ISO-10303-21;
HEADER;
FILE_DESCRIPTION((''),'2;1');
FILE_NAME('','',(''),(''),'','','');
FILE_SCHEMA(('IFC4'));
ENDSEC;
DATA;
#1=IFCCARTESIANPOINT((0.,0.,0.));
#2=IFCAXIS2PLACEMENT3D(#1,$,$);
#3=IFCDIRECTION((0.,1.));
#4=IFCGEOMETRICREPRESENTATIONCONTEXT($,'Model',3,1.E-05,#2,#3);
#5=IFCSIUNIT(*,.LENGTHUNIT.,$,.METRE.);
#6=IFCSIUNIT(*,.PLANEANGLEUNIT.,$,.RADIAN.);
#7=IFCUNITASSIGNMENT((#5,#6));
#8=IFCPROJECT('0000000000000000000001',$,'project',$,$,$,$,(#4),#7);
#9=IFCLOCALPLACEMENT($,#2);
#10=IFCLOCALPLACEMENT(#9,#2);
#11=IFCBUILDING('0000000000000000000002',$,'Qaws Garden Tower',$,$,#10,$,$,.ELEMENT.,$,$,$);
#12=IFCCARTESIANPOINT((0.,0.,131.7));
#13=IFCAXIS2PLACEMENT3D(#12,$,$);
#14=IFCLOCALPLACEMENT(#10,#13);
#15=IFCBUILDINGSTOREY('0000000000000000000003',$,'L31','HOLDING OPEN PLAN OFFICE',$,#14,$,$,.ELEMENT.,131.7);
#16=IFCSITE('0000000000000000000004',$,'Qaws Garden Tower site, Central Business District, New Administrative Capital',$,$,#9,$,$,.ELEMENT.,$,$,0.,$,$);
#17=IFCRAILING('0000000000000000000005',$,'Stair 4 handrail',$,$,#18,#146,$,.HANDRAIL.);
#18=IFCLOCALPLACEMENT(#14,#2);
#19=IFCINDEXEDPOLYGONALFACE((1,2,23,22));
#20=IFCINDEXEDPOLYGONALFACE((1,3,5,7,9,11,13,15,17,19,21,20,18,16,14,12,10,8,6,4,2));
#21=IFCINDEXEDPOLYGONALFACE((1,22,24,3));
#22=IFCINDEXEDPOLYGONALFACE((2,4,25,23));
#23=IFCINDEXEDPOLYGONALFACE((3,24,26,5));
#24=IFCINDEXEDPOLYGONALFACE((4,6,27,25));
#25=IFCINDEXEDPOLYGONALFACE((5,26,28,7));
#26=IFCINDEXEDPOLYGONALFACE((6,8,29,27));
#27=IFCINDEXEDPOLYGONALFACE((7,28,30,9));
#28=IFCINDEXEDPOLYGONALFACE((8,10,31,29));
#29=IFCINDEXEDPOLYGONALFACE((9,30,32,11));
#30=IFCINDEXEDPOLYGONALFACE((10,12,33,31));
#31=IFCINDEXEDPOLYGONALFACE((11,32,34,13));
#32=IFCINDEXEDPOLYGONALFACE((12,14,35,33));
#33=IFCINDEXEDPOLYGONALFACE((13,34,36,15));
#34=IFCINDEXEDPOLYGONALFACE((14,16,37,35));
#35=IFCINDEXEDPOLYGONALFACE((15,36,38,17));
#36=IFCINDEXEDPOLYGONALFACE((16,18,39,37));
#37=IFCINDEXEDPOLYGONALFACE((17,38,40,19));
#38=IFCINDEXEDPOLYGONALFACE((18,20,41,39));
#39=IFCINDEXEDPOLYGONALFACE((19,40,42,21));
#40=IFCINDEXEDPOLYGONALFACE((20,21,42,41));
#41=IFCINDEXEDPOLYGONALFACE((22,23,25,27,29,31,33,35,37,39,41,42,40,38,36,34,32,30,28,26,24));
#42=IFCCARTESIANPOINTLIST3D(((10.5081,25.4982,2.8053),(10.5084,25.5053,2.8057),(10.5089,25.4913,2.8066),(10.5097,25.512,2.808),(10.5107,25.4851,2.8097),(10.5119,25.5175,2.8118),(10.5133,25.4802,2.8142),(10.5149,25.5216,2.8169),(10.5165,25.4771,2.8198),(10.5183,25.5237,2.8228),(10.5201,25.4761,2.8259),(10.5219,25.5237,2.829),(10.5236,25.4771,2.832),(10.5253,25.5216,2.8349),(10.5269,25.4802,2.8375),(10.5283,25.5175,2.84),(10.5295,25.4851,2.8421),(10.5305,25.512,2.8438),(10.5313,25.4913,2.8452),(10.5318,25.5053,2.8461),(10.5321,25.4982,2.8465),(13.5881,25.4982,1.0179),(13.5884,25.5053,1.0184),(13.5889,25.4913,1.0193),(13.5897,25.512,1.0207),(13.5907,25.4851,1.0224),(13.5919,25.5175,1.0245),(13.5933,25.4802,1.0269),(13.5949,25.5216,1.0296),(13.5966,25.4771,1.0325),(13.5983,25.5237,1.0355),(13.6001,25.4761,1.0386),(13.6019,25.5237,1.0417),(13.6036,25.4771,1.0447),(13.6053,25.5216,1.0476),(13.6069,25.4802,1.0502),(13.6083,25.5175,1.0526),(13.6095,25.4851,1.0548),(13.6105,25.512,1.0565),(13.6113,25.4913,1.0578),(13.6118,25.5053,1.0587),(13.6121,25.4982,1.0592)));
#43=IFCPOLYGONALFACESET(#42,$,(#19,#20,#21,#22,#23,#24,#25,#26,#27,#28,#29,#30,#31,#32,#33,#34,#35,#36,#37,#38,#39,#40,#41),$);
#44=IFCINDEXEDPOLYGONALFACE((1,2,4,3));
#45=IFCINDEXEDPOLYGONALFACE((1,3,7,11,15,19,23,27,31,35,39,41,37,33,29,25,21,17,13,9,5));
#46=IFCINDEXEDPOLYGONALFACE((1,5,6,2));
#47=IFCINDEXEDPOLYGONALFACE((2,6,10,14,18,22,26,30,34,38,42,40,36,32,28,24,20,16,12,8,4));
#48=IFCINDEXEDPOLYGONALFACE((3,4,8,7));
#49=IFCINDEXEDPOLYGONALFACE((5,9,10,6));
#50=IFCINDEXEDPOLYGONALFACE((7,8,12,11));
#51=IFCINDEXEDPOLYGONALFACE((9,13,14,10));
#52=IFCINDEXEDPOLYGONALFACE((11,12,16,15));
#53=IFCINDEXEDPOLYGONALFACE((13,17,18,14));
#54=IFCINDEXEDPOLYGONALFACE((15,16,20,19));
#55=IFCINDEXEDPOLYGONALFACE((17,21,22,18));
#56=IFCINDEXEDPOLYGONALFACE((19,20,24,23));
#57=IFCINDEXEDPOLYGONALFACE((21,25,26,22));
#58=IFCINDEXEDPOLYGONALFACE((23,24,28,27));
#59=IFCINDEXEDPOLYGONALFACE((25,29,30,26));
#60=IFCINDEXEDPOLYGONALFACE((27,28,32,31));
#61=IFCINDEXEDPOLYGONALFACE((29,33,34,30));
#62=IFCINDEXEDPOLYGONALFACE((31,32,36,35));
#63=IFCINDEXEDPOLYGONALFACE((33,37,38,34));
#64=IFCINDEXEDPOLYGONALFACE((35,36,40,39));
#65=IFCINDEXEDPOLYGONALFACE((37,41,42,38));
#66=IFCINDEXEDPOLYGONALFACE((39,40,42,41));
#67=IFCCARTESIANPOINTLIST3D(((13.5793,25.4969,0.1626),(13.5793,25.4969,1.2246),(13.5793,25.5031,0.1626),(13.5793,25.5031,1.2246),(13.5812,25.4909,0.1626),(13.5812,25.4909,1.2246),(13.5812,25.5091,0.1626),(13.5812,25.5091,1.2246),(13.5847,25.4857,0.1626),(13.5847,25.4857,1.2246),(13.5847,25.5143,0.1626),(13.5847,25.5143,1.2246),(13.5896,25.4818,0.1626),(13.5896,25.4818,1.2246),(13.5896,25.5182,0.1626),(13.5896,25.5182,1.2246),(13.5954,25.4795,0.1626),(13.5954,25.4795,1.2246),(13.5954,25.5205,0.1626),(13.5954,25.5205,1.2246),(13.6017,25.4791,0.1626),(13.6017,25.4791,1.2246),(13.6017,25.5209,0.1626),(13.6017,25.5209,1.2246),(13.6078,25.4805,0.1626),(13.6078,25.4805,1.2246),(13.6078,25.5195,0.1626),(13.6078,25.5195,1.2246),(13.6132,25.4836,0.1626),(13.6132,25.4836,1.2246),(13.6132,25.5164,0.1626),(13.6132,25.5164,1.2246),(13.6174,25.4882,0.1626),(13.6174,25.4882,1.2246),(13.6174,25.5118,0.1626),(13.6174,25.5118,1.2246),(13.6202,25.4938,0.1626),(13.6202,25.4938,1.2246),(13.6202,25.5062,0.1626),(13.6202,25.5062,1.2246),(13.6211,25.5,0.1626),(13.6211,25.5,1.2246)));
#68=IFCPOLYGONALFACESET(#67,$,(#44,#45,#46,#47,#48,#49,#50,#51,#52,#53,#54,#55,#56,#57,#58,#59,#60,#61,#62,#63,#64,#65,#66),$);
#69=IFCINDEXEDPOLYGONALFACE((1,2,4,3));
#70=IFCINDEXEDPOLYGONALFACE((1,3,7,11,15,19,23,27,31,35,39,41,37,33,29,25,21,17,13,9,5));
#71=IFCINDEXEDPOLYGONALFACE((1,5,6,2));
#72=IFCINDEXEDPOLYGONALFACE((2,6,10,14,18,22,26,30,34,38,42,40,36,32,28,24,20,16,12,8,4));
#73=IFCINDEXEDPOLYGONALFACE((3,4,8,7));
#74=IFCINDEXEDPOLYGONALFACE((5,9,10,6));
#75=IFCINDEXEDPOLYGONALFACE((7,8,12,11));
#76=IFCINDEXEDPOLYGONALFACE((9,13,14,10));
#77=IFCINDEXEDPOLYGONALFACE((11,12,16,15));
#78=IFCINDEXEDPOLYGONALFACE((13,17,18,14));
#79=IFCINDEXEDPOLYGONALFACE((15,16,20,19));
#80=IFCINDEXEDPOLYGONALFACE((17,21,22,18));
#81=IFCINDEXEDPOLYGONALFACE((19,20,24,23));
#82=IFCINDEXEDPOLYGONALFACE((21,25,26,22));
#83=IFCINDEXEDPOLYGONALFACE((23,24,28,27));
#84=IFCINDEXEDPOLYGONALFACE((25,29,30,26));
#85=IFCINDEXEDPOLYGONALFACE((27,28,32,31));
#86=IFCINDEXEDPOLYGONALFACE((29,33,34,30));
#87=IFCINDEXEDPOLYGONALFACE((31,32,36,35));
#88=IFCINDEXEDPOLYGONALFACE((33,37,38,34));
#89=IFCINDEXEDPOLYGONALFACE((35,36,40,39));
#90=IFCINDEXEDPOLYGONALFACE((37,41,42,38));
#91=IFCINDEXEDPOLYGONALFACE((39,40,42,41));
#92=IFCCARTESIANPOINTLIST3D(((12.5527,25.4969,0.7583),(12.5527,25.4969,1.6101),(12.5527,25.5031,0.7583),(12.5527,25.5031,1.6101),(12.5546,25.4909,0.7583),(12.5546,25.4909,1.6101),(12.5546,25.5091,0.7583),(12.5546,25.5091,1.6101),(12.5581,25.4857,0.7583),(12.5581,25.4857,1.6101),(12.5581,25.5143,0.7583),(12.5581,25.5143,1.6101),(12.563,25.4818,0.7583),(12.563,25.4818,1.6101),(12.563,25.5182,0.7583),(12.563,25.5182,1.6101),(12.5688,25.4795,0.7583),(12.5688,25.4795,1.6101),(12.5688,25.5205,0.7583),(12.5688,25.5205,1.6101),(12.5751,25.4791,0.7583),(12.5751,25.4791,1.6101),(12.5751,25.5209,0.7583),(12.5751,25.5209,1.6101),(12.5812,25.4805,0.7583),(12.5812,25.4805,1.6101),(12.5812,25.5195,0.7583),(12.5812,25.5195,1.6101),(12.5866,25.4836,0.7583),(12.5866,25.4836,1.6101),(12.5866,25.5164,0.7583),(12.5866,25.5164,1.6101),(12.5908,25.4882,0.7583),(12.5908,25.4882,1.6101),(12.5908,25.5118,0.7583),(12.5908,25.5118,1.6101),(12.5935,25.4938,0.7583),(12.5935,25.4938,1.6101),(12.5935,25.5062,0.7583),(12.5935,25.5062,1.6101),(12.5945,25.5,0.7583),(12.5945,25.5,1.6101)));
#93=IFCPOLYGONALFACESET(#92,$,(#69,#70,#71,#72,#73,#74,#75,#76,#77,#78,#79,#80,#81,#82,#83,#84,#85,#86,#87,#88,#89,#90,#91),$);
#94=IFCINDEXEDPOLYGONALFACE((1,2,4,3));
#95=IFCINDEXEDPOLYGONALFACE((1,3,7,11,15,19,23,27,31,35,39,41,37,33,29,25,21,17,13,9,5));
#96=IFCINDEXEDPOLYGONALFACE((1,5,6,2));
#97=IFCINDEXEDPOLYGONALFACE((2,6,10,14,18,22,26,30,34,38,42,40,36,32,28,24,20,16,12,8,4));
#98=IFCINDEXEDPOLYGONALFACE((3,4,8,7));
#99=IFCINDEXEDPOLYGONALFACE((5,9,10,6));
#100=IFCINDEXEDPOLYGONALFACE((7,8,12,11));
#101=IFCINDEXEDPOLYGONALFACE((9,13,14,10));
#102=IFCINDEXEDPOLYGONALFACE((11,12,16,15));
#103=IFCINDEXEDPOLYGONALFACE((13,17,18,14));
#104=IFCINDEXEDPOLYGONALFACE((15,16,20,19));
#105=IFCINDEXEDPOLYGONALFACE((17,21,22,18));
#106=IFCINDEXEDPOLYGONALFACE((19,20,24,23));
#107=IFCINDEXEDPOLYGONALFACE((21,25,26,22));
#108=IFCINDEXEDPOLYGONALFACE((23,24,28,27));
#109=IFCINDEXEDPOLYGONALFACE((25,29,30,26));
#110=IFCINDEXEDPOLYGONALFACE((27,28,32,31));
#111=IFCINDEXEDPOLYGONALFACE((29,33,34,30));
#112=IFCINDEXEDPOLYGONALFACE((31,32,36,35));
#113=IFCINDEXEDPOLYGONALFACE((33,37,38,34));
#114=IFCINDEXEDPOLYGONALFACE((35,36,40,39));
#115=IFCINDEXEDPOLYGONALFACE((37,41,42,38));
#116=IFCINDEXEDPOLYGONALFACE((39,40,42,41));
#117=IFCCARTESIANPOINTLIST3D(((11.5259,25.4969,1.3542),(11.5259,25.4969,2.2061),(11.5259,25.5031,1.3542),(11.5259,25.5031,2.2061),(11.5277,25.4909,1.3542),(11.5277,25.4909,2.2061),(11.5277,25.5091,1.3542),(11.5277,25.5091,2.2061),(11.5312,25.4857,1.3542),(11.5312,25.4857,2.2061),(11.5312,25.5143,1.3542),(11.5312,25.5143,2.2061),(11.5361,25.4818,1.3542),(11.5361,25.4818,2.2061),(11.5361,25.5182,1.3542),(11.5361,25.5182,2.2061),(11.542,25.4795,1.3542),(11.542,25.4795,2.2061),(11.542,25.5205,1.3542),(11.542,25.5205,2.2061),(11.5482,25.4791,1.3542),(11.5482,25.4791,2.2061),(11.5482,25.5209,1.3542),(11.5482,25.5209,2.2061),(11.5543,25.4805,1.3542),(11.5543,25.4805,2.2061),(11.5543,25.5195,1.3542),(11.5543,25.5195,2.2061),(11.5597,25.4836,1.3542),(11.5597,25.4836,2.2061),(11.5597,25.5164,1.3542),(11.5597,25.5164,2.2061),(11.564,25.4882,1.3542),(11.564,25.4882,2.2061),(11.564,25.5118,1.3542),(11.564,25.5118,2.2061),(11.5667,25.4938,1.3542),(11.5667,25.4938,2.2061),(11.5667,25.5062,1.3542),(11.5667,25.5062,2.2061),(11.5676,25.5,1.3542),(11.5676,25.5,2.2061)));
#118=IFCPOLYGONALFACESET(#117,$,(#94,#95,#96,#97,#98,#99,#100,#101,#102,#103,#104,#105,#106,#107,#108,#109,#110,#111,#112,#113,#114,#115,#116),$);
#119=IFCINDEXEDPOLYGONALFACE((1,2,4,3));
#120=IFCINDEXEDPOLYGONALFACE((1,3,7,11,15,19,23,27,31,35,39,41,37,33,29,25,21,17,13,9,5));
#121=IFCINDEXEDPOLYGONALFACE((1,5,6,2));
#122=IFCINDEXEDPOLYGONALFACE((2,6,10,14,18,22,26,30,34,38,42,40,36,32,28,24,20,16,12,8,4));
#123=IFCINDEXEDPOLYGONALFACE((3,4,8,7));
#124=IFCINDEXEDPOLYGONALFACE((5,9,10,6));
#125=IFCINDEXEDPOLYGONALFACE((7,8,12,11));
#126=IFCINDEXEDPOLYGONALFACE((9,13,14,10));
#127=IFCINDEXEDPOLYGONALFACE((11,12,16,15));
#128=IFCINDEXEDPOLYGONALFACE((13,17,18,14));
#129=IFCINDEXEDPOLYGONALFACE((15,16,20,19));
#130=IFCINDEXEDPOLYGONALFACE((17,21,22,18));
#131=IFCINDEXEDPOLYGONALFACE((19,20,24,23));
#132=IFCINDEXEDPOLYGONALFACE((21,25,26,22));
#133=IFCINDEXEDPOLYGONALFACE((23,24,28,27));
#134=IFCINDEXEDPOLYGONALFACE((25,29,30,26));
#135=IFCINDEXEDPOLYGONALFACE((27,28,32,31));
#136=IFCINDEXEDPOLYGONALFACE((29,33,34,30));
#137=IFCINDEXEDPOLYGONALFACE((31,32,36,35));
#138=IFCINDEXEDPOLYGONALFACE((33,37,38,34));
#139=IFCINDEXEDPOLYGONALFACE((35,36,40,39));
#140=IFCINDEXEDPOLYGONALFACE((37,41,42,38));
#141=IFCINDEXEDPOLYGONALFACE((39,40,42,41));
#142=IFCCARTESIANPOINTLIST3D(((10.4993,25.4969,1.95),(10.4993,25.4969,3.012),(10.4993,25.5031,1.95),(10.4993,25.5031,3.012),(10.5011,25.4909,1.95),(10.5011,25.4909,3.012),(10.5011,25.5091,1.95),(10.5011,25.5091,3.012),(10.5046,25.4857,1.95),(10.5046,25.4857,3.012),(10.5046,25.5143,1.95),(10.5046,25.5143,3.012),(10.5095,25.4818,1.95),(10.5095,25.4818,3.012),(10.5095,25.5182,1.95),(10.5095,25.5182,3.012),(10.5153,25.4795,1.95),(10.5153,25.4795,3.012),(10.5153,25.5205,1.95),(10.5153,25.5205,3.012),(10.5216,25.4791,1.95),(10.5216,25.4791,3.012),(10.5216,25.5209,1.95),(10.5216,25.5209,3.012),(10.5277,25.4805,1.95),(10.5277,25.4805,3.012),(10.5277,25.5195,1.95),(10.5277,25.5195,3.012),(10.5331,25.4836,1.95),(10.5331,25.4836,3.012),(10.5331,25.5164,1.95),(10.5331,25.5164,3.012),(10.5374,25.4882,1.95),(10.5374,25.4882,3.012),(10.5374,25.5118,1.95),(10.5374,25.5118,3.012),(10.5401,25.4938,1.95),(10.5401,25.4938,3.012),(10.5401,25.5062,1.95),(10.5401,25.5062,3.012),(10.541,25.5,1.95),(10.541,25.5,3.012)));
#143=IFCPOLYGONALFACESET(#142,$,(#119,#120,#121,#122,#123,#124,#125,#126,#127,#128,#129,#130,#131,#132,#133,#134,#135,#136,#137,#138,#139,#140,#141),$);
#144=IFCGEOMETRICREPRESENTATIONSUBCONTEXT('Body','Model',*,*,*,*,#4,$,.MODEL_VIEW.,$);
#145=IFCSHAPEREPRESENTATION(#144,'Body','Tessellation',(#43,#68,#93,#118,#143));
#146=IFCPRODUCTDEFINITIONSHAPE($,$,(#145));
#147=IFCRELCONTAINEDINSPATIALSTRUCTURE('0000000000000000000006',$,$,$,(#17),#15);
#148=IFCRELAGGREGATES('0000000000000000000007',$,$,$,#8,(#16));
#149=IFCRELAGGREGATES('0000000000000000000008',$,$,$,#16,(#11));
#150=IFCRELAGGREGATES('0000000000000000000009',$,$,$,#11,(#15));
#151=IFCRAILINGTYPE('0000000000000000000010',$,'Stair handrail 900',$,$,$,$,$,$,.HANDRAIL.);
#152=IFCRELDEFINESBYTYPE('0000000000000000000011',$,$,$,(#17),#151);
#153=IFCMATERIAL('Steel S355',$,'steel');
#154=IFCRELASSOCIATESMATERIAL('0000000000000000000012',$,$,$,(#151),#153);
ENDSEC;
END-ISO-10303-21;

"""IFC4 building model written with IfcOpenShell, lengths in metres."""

from ifc_helpers import new_model, si_unit, direction, frame, origin, origin_2d, place, context, subcontext, project, spatial, circle, extrude, material, type_object, element, save


model = new_model("IFC4")

# Units and contexts
model_context = context("Model", 3, precision=1e-05, world=origin(), true_north=direction((0.0, 1.0)))
body_context = subcontext(model_context, "Body", "Model", "MODEL_VIEW")
ifc_project = project(units=[si_unit("LENGTHUNIT", "METRE"), si_unit("PLANEANGLEUNIT", "RADIAN")], contexts=[model_context])

# Site, building, storey
site_placement = place(None, origin())
site = spatial("IfcSite", under=ifc_project, at=site_placement, Name="Qaws Garden Tower site, Central Business District, New Administrative Capital", CompositionType="ELEMENT", RefElevation=0.0)
building_placement = place(site_placement, origin())
building = spatial("IfcBuilding", under=site, at=building_placement, Name="Qaws Garden Tower", CompositionType="ELEMENT")
storey_placement = place(building_placement, frame((0.0, 0.0, 131.7)))
storey = spatial("IfcBuildingStorey", under=building, at=storey_placement, Name="L31", Description="HOLDING OPEN PLAN OFFICE", CompositionType="ELEMENT", Elevation=131.7)

# Railing
ifc_material_1 = material(Name="Steel S355", Category="steel")
railing_type = type_object("IfcRailingType", Name="Stair handrail 900", PredefinedType="HANDRAIL", material=ifc_material_1)
railing_1_placement = place(storey_placement, frame((13.6001, 25.5, 0.1626)))
element("IfcRailing", 1, at=railing_1_placement, inside=storey, type_object=railing_type, Name="Stair 4 handrail", PredefinedType="HANDRAIL", context=body_context, shape_type="SweptSolid", body=[
    extrude(circle(Radius=0.0239, at=origin_2d()), frame((0.0, 0.0, 0.876), z_axis=(-0.86492, 0.0, 0.501909), x_axis=(0.0, -1.0, 0.0)), (0.0, 0.0, 1.0), 3.561),
    extrude(circle(Radius=0.021, at=origin_2d()), origin(), (0.0, 0.0, 1.0), 1.062),
    extrude(circle(Radius=0.021, at=origin_2d()), frame((-1.0266, 0.0, 0.5957)), (0.0, 0.0, 1.0), 0.8518),
    extrude(circle(Radius=0.021, at=origin_2d()), frame((-2.0535, 0.0, 1.1917)), (0.0, 0.0, 1.0), 0.8518),
    extrude(circle(Radius=0.021, at=origin_2d()), frame((-3.0801, 0.0, 1.7874)), (0.0, 0.0, 1.0), 1.062),
])

save(model, "model.ifc")
